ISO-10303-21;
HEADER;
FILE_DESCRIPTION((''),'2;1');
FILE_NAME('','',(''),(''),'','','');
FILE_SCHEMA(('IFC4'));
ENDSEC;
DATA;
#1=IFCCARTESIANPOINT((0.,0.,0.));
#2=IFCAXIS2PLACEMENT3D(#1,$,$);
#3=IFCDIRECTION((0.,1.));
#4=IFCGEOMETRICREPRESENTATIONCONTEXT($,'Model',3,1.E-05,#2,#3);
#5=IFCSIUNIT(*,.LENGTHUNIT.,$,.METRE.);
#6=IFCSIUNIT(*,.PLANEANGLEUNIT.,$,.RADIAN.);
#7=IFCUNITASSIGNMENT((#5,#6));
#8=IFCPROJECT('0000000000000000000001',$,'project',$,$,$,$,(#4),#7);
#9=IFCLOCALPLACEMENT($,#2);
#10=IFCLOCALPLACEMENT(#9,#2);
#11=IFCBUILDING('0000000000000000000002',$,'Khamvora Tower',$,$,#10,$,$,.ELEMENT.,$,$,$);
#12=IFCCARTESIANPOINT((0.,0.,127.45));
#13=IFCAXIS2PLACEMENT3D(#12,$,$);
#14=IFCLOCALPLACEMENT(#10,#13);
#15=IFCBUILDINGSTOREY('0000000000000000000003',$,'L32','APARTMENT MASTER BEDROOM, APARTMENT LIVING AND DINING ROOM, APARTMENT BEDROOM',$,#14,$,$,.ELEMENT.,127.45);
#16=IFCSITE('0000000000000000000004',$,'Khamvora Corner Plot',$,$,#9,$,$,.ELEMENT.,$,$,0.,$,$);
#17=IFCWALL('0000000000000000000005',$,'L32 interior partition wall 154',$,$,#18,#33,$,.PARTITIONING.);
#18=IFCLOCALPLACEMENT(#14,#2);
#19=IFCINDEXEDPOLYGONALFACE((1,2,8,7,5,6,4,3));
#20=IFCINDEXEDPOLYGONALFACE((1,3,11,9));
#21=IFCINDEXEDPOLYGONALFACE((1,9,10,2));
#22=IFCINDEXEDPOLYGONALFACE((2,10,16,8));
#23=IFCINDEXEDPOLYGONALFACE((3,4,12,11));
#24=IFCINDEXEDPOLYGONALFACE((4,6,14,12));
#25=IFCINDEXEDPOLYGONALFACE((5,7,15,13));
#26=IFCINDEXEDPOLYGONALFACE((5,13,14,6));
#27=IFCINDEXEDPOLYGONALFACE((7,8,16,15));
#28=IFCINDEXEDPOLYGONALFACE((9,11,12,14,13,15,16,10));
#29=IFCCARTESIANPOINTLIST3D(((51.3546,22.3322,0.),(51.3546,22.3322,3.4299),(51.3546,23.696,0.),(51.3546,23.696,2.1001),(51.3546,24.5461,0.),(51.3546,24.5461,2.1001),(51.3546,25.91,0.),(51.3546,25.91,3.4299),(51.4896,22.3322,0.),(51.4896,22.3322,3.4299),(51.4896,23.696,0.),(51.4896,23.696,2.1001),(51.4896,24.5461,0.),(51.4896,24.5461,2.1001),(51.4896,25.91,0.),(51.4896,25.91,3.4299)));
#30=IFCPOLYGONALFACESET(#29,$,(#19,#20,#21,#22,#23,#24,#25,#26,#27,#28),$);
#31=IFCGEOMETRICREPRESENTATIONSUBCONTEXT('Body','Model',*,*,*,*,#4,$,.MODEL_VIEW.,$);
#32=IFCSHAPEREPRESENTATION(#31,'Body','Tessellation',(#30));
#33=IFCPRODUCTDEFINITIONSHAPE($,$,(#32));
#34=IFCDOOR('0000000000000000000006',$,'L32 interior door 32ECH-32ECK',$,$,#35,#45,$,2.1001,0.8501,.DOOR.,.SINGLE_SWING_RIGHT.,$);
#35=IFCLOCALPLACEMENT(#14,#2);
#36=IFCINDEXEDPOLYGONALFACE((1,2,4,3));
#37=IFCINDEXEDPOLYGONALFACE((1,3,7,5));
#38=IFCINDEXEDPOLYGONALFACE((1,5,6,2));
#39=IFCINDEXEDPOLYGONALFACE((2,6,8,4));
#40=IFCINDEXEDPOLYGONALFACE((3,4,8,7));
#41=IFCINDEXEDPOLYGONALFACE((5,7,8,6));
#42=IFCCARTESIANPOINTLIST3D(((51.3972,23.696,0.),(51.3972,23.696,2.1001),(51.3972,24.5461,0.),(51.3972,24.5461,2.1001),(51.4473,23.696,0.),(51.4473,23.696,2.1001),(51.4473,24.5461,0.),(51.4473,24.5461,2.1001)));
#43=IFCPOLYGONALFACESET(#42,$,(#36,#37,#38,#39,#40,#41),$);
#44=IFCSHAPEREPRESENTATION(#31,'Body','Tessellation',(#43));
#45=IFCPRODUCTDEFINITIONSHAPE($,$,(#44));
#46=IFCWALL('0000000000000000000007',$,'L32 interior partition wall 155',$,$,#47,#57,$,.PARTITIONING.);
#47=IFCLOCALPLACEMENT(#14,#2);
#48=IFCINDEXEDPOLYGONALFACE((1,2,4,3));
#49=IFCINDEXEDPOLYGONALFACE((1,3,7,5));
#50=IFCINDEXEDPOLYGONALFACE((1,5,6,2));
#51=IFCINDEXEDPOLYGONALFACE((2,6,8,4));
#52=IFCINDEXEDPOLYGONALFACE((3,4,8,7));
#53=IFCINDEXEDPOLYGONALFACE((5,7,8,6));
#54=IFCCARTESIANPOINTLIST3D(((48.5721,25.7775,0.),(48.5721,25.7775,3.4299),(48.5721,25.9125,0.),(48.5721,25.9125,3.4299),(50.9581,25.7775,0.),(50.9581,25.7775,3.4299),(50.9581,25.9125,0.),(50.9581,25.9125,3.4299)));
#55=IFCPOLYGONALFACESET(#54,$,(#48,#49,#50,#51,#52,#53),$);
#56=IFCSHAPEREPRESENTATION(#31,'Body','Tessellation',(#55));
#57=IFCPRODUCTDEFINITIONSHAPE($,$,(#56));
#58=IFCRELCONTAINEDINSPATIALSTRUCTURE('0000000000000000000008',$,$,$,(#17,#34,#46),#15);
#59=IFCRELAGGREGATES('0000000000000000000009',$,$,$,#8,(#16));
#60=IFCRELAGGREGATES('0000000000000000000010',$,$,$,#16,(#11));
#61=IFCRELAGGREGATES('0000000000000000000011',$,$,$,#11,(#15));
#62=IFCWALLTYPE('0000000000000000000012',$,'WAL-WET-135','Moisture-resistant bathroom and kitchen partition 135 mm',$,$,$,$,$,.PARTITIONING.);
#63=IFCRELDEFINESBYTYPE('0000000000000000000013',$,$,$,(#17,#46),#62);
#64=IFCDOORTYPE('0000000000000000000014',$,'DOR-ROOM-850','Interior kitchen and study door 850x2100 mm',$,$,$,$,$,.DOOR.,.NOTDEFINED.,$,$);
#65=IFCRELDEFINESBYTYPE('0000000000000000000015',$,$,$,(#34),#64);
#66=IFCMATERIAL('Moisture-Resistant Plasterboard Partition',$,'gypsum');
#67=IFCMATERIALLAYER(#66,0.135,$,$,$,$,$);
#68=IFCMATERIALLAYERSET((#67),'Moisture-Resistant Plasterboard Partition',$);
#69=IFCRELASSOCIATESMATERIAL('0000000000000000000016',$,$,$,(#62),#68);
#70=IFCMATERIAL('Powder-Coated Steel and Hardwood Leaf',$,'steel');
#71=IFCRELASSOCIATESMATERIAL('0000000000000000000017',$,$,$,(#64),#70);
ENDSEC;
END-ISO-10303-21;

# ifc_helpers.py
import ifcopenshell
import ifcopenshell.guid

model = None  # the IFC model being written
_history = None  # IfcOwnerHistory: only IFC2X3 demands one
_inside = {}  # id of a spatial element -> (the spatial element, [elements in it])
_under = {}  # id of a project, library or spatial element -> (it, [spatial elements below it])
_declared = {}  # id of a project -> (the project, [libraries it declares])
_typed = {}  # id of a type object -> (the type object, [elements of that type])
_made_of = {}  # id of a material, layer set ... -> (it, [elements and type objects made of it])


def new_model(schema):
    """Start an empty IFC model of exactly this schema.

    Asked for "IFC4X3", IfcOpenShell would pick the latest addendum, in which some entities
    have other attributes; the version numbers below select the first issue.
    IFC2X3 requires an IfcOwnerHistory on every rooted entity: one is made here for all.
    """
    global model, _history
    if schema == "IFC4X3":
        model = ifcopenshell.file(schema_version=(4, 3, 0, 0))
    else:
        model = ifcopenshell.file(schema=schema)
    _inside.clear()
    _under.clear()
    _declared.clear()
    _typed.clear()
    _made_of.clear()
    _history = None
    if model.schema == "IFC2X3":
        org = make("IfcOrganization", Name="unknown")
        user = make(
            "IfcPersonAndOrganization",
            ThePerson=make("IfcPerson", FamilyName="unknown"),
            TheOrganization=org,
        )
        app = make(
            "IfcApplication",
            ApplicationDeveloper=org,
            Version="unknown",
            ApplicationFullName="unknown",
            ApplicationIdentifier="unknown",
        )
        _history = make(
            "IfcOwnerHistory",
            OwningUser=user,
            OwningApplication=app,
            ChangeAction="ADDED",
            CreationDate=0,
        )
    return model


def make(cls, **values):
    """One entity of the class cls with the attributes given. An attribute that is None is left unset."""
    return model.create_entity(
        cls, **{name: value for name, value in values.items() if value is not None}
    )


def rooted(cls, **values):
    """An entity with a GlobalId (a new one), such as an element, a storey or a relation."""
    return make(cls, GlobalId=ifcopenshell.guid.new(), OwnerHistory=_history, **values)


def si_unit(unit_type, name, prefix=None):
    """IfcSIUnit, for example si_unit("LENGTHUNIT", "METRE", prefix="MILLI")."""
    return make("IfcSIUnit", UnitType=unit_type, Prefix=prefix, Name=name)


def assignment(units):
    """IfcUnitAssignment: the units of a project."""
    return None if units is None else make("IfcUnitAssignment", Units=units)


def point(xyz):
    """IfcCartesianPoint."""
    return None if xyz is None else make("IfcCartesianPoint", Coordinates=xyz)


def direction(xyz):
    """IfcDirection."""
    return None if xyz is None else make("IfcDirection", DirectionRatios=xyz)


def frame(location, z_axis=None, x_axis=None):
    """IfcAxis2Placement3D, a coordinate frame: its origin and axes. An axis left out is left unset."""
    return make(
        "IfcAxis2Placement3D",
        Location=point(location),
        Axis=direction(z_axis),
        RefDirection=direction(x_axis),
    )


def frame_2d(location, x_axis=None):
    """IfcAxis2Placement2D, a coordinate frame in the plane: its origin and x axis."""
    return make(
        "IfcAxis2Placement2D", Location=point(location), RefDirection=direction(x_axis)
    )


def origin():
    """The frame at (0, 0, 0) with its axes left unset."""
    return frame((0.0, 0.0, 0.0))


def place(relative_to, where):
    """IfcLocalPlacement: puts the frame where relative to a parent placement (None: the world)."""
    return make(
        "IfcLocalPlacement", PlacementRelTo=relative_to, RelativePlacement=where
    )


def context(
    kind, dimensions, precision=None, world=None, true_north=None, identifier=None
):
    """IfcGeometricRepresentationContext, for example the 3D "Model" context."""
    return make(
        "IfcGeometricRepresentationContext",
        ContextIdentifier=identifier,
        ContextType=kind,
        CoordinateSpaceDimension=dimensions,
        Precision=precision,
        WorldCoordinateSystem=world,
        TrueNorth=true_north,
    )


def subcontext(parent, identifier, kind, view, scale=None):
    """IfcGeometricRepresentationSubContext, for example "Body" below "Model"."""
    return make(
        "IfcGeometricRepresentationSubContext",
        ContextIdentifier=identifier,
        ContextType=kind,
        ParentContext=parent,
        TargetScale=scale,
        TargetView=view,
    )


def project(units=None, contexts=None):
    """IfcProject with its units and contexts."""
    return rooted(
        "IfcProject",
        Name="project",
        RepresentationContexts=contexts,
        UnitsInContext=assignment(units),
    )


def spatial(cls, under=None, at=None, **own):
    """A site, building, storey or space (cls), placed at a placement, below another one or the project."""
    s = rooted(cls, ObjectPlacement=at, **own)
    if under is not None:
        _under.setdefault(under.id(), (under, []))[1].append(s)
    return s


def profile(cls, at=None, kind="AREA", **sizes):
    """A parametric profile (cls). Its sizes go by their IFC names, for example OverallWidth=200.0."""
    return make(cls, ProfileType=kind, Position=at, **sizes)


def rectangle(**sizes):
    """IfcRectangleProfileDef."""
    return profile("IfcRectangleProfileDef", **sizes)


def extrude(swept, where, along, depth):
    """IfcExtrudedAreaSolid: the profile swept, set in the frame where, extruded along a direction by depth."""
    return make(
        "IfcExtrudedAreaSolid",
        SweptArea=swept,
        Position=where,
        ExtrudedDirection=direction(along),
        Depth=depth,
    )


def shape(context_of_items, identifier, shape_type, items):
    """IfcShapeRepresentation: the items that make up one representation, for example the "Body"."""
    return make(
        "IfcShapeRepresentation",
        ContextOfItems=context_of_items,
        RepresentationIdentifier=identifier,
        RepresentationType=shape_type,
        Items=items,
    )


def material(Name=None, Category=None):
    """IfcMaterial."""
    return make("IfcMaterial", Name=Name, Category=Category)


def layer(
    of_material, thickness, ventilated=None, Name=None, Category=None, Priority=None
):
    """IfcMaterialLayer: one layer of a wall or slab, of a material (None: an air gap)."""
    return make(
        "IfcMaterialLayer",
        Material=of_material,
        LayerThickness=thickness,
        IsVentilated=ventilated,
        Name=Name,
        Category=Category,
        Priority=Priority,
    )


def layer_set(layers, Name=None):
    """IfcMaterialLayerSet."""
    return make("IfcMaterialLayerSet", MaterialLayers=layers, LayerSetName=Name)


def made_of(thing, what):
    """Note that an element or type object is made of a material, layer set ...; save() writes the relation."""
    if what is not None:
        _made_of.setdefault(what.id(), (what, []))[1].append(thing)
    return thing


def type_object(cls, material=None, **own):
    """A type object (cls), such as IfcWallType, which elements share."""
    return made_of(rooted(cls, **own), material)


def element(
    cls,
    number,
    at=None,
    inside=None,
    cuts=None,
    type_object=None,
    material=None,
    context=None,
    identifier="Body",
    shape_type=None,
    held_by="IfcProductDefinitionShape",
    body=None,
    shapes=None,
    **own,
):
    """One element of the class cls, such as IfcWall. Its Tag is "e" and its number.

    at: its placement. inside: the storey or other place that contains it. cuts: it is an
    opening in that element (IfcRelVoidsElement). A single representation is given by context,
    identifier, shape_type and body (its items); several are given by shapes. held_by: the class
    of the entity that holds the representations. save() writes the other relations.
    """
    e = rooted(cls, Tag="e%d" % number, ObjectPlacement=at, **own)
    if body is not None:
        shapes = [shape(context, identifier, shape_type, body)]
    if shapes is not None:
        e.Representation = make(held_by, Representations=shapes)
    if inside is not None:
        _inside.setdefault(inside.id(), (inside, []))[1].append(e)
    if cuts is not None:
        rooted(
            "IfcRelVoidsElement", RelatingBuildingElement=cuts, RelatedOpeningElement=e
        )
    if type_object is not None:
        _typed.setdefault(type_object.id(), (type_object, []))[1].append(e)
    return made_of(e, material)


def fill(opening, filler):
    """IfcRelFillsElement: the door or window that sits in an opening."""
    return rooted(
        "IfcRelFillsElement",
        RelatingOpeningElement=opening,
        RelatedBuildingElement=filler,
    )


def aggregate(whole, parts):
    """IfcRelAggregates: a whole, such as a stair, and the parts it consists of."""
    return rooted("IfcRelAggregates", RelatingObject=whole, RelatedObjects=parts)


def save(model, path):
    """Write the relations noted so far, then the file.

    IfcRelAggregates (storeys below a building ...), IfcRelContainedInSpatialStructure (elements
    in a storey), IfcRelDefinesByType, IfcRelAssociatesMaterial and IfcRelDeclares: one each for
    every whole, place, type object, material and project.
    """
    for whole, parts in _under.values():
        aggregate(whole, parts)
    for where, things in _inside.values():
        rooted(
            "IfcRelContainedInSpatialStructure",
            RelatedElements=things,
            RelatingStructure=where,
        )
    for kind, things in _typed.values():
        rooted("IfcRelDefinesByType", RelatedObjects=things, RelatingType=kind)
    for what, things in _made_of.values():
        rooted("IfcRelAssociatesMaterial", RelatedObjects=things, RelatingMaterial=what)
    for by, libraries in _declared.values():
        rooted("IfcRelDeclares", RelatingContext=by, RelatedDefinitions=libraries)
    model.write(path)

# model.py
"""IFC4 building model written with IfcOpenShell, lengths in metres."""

from ifc_helpers import new_model, si_unit, direction, frame, frame_2d, origin, place, context, subcontext, project, spatial, rectangle, extrude, material, layer, layer_set, type_object, element, fill, save


model = new_model("IFC4")

# Units and contexts
model_context = context("Model", 3, precision=1e-05, world=origin(), true_north=direction((0.0, 1.0)))
body_context = subcontext(model_context, "Body", "Model", "MODEL_VIEW")
ifc_project = project(units=[si_unit("LENGTHUNIT", "METRE"), si_unit("PLANEANGLEUNIT", "RADIAN")], contexts=[model_context])

# Site, building, storey
site_placement = place(None, origin())
site = spatial("IfcSite", under=ifc_project, at=site_placement, Name="Khamvora Corner Plot", CompositionType="ELEMENT", RefElevation=0.0)
building_placement = place(site_placement, origin())
building = spatial("IfcBuilding", under=site, at=building_placement, Name="Khamvora Tower", CompositionType="ELEMENT")
storey_placement = place(building_placement, frame((0.0, 0.0, 127.45)))
storey = spatial("IfcBuildingStorey", under=building, at=storey_placement, Name="L32", Description="APARTMENT MASTER BEDROOM, APARTMENT LIVING AND DINING ROOM, APARTMENT BEDROOM", CompositionType="ELEMENT", Elevation=127.45)

# Shared definitions
ifc_material_1 = material(Name="Powder-Coated Steel and Hardwood Leaf", Category="steel")

# Shared definitions
ifc_material_2 = material(Name="Moisture-Resistant Plasterboard Partition", Category="gypsum")
ifc_layer_1 = layer(ifc_material_2, 0.135)
ifc_layer_set_1 = layer_set([ifc_layer_1], Name="Moisture-Resistant Plasterboard Partition")
wall_type_1 = type_object("IfcWallType", Name="WAL-WET-135", Description="Moisture-resistant bathroom and kitchen partition 135 mm", PredefinedType="PARTITIONING", material=ifc_layer_set_1)

# Shared definitions
door_type_1 = type_object("IfcDoorType", Name="DOR-ROOM-850", Description="Interior kitchen and study door 850x2100 mm", OperationType="NOTDEFINED", PredefinedType="DOOR", material=ifc_material_1)

# Wall, opening, door
wall_1_placement = place(storey_placement, frame((51.4221, 22.332, 0.0), z_axis=(0.0, 0.0, 1.0), x_axis=(0.0, 1.0, 0.0)))
wall_1 = element("IfcWall", 1, at=wall_1_placement, inside=storey, type_object=wall_type_1, Name="L32 interior partition wall 154", PredefinedType="PARTITIONING", context=body_context, shape_type="SweptSolid", body=[
    extrude(rectangle(XDim=3.5779, YDim=0.135, at=frame_2d((1.7891, 0.0))), origin(), (0.0, 0.0, 1.0), 3.4299),
])
opening_1_placement = place(wall_1_placement, frame((1.364, 0.0, 0.0)))
opening_1 = element("IfcOpeningElement", 2, at=opening_1_placement, cuts=wall_1, PredefinedType="OPENING", context=body_context, shape_type="SweptSolid", body=[
    extrude(rectangle(XDim=0.8501, YDim=2.1001, at=frame_2d((0.425, 1.05))), frame((0.0, 0.0774, 0.0), z_axis=(0.0, -1.0, 0.0), x_axis=(1.0, 0.0, 0.0)), (0.0, 0.0, 1.0), 0.155),
])
door_1_placement = place(opening_1_placement, origin())
door_1 = element("IfcDoor", 3, at=door_1_placement, inside=storey, type_object=door_type_1, Name="L32 interior door 32ECH-32ECK", OperationType="SINGLE_SWING_RIGHT", OverallHeight=2.1001, OverallWidth=0.8501, PredefinedType="DOOR", context=body_context, shape_type="SweptSolid", body=[
    extrude(rectangle(XDim=0.8501, YDim=2.1001, at=frame_2d((0.425, 1.05))), frame((0.0, 0.0249, 0.0), z_axis=(0.0, -1.0, 0.0), x_axis=(1.0, 0.0, 0.0)), (0.0, 0.0, 1.0), 0.05),
])
fill(opening_1, door_1)

# Wall
wall_2_placement = place(storey_placement, frame((50.958, 25.845, 0.0), z_axis=(0.0, 0.0, 1.0), x_axis=(-1.0, 0.0, 0.0)))
element("IfcWall", 4, at=wall_2_placement, inside=storey, type_object=wall_type_1, Name="L32 interior partition wall 155", PredefinedType="PARTITIONING", context=body_context, shape_type="SweptSolid", body=[
    extrude(rectangle(XDim=2.386, YDim=0.135, at=frame_2d((1.1929, 0.0))), origin(), (0.0, 0.0, 1.0), 3.4299),
])

save(model, "model.ifc")
